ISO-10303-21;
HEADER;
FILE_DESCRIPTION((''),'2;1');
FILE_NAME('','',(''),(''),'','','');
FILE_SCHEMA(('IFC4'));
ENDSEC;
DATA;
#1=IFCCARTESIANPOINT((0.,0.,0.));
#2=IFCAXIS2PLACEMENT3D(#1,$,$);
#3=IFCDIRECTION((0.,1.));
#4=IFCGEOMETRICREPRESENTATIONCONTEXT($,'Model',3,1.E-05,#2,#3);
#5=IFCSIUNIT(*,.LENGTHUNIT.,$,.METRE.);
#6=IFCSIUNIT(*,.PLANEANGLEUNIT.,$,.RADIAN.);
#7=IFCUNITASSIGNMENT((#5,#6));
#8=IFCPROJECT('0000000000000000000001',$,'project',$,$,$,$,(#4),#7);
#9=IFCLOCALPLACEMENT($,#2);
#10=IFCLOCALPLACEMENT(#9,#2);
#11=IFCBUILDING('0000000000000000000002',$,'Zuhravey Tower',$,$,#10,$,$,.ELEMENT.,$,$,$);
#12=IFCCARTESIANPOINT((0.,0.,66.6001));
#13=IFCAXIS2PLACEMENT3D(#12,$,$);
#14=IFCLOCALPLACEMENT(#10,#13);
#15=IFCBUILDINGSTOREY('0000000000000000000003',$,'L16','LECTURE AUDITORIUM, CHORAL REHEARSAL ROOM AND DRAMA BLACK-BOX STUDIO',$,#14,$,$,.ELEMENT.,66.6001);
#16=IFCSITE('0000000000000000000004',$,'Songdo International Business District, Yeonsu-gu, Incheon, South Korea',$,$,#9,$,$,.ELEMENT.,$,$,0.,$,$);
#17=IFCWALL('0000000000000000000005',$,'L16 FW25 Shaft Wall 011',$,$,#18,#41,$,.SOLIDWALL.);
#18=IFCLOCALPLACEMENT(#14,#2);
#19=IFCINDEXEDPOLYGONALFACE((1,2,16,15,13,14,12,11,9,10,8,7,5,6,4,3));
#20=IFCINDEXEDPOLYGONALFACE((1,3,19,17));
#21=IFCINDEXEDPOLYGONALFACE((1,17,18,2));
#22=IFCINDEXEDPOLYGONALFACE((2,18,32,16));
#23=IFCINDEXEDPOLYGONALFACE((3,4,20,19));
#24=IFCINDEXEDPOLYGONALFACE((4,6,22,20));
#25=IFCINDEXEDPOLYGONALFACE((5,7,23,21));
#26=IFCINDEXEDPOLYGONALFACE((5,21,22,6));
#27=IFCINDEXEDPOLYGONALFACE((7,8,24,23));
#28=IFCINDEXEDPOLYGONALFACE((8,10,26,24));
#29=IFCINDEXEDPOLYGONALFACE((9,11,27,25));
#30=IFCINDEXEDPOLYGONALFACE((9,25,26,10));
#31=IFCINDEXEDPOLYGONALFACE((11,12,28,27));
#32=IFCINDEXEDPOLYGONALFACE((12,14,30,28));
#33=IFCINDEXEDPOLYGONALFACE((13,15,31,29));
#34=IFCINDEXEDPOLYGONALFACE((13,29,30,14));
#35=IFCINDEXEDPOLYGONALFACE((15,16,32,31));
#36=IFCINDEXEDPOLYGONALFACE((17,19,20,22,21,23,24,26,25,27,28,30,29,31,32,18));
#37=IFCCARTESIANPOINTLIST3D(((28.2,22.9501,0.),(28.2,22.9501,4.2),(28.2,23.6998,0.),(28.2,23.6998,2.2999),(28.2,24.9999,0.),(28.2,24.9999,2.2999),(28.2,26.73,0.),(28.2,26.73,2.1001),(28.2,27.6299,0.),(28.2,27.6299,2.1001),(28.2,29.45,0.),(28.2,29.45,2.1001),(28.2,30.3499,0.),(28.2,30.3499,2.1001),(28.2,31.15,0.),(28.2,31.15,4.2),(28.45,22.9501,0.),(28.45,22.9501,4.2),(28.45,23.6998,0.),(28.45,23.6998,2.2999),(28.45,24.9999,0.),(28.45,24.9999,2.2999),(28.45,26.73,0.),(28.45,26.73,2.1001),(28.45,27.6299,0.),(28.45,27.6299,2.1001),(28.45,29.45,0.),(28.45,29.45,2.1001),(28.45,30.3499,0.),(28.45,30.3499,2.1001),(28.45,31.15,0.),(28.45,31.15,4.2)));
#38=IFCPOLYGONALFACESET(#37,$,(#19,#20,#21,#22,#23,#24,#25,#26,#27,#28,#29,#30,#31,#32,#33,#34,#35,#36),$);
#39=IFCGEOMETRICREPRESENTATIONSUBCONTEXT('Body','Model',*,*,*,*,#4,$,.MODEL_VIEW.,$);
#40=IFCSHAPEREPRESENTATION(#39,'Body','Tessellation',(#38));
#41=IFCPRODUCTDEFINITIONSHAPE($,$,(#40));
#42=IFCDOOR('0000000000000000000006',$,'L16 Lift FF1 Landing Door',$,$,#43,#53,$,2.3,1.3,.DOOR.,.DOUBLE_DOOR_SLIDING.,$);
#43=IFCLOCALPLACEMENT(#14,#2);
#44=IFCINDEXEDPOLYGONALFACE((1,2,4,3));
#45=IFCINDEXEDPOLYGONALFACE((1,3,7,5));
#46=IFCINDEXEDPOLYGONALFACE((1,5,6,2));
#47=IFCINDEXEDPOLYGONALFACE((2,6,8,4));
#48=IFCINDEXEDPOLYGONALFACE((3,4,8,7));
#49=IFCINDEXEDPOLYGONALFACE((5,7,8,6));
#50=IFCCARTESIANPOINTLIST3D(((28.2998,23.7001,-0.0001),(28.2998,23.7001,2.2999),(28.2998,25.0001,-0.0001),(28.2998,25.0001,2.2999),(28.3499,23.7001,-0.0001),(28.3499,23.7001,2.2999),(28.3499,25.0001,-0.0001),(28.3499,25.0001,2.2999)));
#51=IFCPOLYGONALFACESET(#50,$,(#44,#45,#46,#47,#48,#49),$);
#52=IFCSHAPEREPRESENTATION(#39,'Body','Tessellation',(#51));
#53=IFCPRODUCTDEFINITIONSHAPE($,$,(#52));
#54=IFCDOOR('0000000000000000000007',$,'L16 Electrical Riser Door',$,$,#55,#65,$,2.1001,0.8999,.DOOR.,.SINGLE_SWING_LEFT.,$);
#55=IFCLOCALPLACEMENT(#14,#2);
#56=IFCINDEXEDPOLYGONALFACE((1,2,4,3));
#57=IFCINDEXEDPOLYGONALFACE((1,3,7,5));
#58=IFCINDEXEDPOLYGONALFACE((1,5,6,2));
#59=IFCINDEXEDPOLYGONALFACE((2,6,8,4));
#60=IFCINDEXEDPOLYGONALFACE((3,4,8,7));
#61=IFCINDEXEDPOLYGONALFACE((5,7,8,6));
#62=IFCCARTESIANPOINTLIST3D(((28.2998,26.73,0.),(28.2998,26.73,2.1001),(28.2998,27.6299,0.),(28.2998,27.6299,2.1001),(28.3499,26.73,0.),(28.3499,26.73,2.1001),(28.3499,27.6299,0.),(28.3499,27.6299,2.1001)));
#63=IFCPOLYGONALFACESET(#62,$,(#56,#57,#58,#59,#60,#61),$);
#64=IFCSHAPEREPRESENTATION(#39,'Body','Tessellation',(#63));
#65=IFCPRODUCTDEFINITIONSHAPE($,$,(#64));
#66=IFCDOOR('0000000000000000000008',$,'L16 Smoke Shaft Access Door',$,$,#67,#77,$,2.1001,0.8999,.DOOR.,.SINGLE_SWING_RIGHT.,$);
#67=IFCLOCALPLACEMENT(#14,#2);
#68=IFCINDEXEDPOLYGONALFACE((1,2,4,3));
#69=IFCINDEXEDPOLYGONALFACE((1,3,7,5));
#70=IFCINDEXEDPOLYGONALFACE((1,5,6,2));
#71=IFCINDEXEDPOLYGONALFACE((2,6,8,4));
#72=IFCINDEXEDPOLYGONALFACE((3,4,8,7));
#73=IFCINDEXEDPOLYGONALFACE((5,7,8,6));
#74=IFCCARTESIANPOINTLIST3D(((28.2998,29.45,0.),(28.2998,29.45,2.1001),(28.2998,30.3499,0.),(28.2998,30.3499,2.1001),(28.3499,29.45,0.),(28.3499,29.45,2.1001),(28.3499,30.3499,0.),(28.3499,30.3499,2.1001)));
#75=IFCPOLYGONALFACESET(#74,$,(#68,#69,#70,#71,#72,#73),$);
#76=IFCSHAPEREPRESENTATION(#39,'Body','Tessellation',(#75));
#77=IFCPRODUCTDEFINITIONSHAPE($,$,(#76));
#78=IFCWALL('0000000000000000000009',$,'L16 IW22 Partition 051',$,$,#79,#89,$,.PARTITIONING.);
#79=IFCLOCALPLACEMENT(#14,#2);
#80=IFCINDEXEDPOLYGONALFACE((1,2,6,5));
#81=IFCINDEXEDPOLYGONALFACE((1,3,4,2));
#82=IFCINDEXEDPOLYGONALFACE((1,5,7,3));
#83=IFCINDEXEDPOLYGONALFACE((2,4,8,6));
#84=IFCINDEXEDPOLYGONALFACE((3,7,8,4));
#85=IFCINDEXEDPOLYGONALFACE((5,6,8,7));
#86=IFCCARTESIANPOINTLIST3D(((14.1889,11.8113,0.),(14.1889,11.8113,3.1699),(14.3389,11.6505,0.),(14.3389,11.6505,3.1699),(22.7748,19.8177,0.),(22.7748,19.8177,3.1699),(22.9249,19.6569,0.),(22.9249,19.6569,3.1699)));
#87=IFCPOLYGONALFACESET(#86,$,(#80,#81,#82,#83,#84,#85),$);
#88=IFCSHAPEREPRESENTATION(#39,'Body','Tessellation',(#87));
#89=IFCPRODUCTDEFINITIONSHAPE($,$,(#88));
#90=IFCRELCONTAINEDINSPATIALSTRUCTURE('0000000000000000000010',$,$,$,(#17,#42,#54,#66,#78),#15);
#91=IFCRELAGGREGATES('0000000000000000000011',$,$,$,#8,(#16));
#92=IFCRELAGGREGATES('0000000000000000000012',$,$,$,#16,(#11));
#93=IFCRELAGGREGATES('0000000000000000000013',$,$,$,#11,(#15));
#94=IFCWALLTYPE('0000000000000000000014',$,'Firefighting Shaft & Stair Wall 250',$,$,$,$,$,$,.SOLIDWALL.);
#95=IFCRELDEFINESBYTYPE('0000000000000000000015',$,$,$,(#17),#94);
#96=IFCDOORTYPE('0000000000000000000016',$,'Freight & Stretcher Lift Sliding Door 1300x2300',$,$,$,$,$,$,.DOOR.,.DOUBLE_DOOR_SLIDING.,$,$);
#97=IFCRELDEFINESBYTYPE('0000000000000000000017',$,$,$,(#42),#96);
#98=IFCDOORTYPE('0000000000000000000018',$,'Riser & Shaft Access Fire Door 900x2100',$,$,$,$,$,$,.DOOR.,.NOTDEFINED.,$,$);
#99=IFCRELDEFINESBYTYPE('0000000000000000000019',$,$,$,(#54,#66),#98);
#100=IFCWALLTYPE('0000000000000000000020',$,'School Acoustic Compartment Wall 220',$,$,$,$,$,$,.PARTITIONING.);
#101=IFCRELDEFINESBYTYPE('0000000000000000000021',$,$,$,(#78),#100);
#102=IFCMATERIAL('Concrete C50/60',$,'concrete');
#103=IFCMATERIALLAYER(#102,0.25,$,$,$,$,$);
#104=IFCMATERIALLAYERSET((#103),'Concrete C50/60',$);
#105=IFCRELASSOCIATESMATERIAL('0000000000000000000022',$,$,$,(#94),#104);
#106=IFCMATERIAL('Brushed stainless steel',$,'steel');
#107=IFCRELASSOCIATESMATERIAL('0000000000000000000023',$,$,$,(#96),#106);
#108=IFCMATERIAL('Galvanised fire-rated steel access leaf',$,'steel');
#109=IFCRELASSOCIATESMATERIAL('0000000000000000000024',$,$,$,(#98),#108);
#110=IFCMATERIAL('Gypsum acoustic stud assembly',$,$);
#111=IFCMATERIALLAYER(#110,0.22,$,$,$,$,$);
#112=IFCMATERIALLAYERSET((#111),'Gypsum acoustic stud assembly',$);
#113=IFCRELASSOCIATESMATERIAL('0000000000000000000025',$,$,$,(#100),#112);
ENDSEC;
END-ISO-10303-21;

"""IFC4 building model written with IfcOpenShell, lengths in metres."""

from ifc_helpers import new_model, si_unit, direction, frame, frame_2d, origin, place, context, subcontext, project, spatial, rectangle, extrude, material, layer, layer_set, type_object, element, fill, save


model = new_model("IFC4")

# Units and contexts
model_context = context("Model", 3, precision=1e-05, world=origin(), true_north=direction((0.0, 1.0)))
body_context = subcontext(model_context, "Body", "Model", "MODEL_VIEW")
ifc_project = project(units=[si_unit("LENGTHUNIT", "METRE"), si_unit("PLANEANGLEUNIT", "RADIAN")], contexts=[model_context])

# Site, building, storey
site_placement = place(None, origin())
site = spatial("IfcSite", under=ifc_project, at=site_placement, Name="Songdo International Business District, Yeonsu-gu, Incheon, South Korea", CompositionType="ELEMENT", RefElevation=0.0)
building_placement = place(site_placement, origin())
building = spatial("IfcBuilding", under=site, at=building_placement, Name="Zuhravey Tower", CompositionType="ELEMENT")
storey_placement = place(building_placement, frame((0.0, 0.0, 66.6001)))
storey = spatial("IfcBuildingStorey", under=building, at=storey_placement, Name="L16", Description="LECTURE AUDITORIUM, CHORAL REHEARSAL ROOM AND DRAMA BLACK-BOX STUDIO", CompositionType="ELEMENT", Elevation=66.6001)

# Shared definitions
ifc_material_1 = material(Name="Concrete C50/60", Category="concrete")
ifc_layer_1 = layer(ifc_material_1, 0.25)
ifc_layer_set_1 = layer_set([ifc_layer_1], Name="Concrete C50/60")
wall_type_1 = type_object("IfcWallType", Name="Firefighting Shaft & Stair Wall 250", PredefinedType="SOLIDWALL", material=ifc_layer_set_1)

# Wall, openings, doors
wall_1_placement = place(storey_placement, frame((28.325, 22.95, 0.0), z_axis=(0.0, 0.0, 1.0), x_axis=(0.0, 1.0, 0.0)))
wall_1 = element("IfcWall", 1, at=wall_1_placement, inside=storey, type_object=wall_type_1, Name="L16 FW25 Shaft Wall 011", PredefinedType="SOLIDWALL", context=body_context, shape_type="SweptSolid", body=[
    extrude(rectangle(XDim=8.2, YDim=0.25, at=frame_2d((4.1001, 0.0))), origin(), (0.0, 0.0, 1.0), 4.2),
])
opening_1_placement = place(wall_1_placement, frame((0.75, 0.0, 0.0)))
opening_1 = element("IfcOpeningElement", 2, at=opening_1_placement, cuts=wall_1, PredefinedType="OPENING", context=body_context, shape_type="SweptSolid", body=[
    extrude(rectangle(XDim=1.3, YDim=2.3, at=frame_2d((0.6499, 1.1499))), frame((0.0, 0.137, 0.0), z_axis=(0.0, -1.0, 0.0), x_axis=(1.0, 0.0, 0.0)), (0.0, 0.0, 1.0), 0.2739),
])
opening_2_placement = place(wall_1_placement, frame((3.78, 0.0, 0.0)))
opening_2 = element("IfcOpeningElement", 3, at=opening_2_placement, cuts=wall_1, PredefinedType="OPENING", context=body_context, shape_type="SweptSolid", body=[
    extrude(rectangle(XDim=0.8999, YDim=2.1001, at=frame_2d((0.45, 1.05))), frame((0.0, 0.137, 0.0), z_axis=(0.0, -1.0, 0.0), x_axis=(1.0, 0.0, 0.0)), (0.0, 0.0, 1.0), 0.2739),
])
opening_3_placement = place(wall_1_placement, frame((6.5, 0.0, 0.0)))
opening_3 = element("IfcOpeningElement", 4, at=opening_3_placement, cuts=wall_1, PredefinedType="OPENING", context=body_context, shape_type="SweptSolid", body=[
    extrude(rectangle(XDim=0.8999, YDim=2.1001, at=frame_2d((0.45, 1.05))), frame((0.0, 0.137, 0.0), z_axis=(0.0, -1.0, 0.0), x_axis=(1.0, 0.0, 0.0)), (0.0, 0.0, 1.0), 0.2739),
])
ifc_material_2 = material(Name="Brushed stainless steel", Category="steel")
door_type_1 = type_object("IfcDoorType", Name="Freight & Stretcher Lift Sliding Door 1300x2300", OperationType="DOUBLE_DOOR_SLIDING", PredefinedType="DOOR", material=ifc_material_2)
door_1_placement = place(opening_1_placement, frame((1.3, 0.0, 0.0), z_axis=(0.0, 0.0, 1.0), x_axis=(-1.0, 0.0, 0.0)))
door_1 = element("IfcDoor", 5, at=door_1_placement, inside=storey, type_object=door_type_1, Name="L16 Lift FF1 Landing Door", OperationType="DOUBLE_DOOR_SLIDING", OverallHeight=2.3, OverallWidth=1.3, PredefinedType="DOOR", context=body_context, shape_type="SweptSolid", body=[
    extrude(rectangle(XDim=1.3, YDim=2.3, at=frame_2d((0.6499, 1.1499))), frame((0.0, 0.0249, 0.0), z_axis=(0.0, -1.0, 0.0), x_axis=(1.0, 0.0, 0.0)), (0.0, 0.0, 1.0), 0.05),
])
fill(opening_1, door_1)
ifc_material_3 = material(Name="Galvanised fire-rated steel access leaf", Category="steel")
door_type_2 = type_object("IfcDoorType", Name="Riser & Shaft Access Fire Door 900x2100", OperationType="NOTDEFINED", PredefinedType="DOOR", material=ifc_material_3)
door_2_placement = place(opening_2_placement, frame((0.8999, 0.0, 0.0), z_axis=(0.0, 0.0, 1.0), x_axis=(-1.0, 0.0, 0.0)))
door_2 = element("IfcDoor", 6, at=door_2_placement, inside=storey, type_object=door_type_2, Name="L16 Electrical Riser Door", OperationType="SINGLE_SWING_LEFT", OverallHeight=2.1001, OverallWidth=0.8999, PredefinedType="DOOR", context=body_context, shape_type="SweptSolid", body=[
    extrude(rectangle(XDim=0.8999, YDim=2.1001, at=frame_2d((0.45, 1.05))), frame((0.0, 0.0249, 0.0), z_axis=(0.0, -1.0, 0.0), x_axis=(1.0, 0.0, 0.0)), (0.0, 0.0, 1.0), 0.05),
])
fill(opening_2, door_2)
door_3_placement = place(opening_3_placement, frame((0.8999, 0.0, 0.0), z_axis=(0.0, 0.0, 1.0), x_axis=(-1.0, 0.0, 0.0)))
door_3 = element("IfcDoor", 7, at=door_3_placement, inside=storey, type_object=door_type_2, Name="L16 Smoke Shaft Access Door", OperationType="SINGLE_SWING_RIGHT", OverallHeight=2.1001, OverallWidth=0.8999, PredefinedType="DOOR", context=body_context, shape_type="SweptSolid", body=[
    extrude(rectangle(XDim=0.8999, YDim=2.1001, at=frame_2d((0.45, 1.05))), frame((0.0, 0.0249, 0.0), z_axis=(0.0, -1.0, 0.0), x_axis=(1.0, 0.0, 0.0)), (0.0, 0.0, 1.0), 0.05),
])
fill(opening_3, door_3)

# Wall
ifc_material_4 = material(Name="Gypsum acoustic stud assembly")
ifc_layer_2 = layer(ifc_material_4, 0.22)
ifc_layer_set_2 = layer_set([ifc_layer_2], Name="Gypsum acoustic stud assembly")
wall_type_2 = type_object("IfcWallType", Name="School Acoustic Compartment Wall 220", PredefinedType="PARTITIONING", material=ifc_layer_set_2)
wall_2_placement = place(storey_placement, frame((22.8499, 19.7373, 0.0), z_axis=(0.0, 0.0, 1.0), x_axis=(-0.731361, -0.681991, 0.0)))
element("IfcWall", 8, at=wall_2_placement, inside=storey, type_object=wall_type_2, Name="L16 IW22 Partition 051", PredefinedType="PARTITIONING", context=body_context, shape_type="SweptSolid", body=[
    extrude(rectangle(XDim=11.7397, YDim=0.22, at=frame_2d((5.8699, 0.0))), origin(), (0.0, 0.0, 1.0), 3.1699),
])

save(model, "model.ifc")
